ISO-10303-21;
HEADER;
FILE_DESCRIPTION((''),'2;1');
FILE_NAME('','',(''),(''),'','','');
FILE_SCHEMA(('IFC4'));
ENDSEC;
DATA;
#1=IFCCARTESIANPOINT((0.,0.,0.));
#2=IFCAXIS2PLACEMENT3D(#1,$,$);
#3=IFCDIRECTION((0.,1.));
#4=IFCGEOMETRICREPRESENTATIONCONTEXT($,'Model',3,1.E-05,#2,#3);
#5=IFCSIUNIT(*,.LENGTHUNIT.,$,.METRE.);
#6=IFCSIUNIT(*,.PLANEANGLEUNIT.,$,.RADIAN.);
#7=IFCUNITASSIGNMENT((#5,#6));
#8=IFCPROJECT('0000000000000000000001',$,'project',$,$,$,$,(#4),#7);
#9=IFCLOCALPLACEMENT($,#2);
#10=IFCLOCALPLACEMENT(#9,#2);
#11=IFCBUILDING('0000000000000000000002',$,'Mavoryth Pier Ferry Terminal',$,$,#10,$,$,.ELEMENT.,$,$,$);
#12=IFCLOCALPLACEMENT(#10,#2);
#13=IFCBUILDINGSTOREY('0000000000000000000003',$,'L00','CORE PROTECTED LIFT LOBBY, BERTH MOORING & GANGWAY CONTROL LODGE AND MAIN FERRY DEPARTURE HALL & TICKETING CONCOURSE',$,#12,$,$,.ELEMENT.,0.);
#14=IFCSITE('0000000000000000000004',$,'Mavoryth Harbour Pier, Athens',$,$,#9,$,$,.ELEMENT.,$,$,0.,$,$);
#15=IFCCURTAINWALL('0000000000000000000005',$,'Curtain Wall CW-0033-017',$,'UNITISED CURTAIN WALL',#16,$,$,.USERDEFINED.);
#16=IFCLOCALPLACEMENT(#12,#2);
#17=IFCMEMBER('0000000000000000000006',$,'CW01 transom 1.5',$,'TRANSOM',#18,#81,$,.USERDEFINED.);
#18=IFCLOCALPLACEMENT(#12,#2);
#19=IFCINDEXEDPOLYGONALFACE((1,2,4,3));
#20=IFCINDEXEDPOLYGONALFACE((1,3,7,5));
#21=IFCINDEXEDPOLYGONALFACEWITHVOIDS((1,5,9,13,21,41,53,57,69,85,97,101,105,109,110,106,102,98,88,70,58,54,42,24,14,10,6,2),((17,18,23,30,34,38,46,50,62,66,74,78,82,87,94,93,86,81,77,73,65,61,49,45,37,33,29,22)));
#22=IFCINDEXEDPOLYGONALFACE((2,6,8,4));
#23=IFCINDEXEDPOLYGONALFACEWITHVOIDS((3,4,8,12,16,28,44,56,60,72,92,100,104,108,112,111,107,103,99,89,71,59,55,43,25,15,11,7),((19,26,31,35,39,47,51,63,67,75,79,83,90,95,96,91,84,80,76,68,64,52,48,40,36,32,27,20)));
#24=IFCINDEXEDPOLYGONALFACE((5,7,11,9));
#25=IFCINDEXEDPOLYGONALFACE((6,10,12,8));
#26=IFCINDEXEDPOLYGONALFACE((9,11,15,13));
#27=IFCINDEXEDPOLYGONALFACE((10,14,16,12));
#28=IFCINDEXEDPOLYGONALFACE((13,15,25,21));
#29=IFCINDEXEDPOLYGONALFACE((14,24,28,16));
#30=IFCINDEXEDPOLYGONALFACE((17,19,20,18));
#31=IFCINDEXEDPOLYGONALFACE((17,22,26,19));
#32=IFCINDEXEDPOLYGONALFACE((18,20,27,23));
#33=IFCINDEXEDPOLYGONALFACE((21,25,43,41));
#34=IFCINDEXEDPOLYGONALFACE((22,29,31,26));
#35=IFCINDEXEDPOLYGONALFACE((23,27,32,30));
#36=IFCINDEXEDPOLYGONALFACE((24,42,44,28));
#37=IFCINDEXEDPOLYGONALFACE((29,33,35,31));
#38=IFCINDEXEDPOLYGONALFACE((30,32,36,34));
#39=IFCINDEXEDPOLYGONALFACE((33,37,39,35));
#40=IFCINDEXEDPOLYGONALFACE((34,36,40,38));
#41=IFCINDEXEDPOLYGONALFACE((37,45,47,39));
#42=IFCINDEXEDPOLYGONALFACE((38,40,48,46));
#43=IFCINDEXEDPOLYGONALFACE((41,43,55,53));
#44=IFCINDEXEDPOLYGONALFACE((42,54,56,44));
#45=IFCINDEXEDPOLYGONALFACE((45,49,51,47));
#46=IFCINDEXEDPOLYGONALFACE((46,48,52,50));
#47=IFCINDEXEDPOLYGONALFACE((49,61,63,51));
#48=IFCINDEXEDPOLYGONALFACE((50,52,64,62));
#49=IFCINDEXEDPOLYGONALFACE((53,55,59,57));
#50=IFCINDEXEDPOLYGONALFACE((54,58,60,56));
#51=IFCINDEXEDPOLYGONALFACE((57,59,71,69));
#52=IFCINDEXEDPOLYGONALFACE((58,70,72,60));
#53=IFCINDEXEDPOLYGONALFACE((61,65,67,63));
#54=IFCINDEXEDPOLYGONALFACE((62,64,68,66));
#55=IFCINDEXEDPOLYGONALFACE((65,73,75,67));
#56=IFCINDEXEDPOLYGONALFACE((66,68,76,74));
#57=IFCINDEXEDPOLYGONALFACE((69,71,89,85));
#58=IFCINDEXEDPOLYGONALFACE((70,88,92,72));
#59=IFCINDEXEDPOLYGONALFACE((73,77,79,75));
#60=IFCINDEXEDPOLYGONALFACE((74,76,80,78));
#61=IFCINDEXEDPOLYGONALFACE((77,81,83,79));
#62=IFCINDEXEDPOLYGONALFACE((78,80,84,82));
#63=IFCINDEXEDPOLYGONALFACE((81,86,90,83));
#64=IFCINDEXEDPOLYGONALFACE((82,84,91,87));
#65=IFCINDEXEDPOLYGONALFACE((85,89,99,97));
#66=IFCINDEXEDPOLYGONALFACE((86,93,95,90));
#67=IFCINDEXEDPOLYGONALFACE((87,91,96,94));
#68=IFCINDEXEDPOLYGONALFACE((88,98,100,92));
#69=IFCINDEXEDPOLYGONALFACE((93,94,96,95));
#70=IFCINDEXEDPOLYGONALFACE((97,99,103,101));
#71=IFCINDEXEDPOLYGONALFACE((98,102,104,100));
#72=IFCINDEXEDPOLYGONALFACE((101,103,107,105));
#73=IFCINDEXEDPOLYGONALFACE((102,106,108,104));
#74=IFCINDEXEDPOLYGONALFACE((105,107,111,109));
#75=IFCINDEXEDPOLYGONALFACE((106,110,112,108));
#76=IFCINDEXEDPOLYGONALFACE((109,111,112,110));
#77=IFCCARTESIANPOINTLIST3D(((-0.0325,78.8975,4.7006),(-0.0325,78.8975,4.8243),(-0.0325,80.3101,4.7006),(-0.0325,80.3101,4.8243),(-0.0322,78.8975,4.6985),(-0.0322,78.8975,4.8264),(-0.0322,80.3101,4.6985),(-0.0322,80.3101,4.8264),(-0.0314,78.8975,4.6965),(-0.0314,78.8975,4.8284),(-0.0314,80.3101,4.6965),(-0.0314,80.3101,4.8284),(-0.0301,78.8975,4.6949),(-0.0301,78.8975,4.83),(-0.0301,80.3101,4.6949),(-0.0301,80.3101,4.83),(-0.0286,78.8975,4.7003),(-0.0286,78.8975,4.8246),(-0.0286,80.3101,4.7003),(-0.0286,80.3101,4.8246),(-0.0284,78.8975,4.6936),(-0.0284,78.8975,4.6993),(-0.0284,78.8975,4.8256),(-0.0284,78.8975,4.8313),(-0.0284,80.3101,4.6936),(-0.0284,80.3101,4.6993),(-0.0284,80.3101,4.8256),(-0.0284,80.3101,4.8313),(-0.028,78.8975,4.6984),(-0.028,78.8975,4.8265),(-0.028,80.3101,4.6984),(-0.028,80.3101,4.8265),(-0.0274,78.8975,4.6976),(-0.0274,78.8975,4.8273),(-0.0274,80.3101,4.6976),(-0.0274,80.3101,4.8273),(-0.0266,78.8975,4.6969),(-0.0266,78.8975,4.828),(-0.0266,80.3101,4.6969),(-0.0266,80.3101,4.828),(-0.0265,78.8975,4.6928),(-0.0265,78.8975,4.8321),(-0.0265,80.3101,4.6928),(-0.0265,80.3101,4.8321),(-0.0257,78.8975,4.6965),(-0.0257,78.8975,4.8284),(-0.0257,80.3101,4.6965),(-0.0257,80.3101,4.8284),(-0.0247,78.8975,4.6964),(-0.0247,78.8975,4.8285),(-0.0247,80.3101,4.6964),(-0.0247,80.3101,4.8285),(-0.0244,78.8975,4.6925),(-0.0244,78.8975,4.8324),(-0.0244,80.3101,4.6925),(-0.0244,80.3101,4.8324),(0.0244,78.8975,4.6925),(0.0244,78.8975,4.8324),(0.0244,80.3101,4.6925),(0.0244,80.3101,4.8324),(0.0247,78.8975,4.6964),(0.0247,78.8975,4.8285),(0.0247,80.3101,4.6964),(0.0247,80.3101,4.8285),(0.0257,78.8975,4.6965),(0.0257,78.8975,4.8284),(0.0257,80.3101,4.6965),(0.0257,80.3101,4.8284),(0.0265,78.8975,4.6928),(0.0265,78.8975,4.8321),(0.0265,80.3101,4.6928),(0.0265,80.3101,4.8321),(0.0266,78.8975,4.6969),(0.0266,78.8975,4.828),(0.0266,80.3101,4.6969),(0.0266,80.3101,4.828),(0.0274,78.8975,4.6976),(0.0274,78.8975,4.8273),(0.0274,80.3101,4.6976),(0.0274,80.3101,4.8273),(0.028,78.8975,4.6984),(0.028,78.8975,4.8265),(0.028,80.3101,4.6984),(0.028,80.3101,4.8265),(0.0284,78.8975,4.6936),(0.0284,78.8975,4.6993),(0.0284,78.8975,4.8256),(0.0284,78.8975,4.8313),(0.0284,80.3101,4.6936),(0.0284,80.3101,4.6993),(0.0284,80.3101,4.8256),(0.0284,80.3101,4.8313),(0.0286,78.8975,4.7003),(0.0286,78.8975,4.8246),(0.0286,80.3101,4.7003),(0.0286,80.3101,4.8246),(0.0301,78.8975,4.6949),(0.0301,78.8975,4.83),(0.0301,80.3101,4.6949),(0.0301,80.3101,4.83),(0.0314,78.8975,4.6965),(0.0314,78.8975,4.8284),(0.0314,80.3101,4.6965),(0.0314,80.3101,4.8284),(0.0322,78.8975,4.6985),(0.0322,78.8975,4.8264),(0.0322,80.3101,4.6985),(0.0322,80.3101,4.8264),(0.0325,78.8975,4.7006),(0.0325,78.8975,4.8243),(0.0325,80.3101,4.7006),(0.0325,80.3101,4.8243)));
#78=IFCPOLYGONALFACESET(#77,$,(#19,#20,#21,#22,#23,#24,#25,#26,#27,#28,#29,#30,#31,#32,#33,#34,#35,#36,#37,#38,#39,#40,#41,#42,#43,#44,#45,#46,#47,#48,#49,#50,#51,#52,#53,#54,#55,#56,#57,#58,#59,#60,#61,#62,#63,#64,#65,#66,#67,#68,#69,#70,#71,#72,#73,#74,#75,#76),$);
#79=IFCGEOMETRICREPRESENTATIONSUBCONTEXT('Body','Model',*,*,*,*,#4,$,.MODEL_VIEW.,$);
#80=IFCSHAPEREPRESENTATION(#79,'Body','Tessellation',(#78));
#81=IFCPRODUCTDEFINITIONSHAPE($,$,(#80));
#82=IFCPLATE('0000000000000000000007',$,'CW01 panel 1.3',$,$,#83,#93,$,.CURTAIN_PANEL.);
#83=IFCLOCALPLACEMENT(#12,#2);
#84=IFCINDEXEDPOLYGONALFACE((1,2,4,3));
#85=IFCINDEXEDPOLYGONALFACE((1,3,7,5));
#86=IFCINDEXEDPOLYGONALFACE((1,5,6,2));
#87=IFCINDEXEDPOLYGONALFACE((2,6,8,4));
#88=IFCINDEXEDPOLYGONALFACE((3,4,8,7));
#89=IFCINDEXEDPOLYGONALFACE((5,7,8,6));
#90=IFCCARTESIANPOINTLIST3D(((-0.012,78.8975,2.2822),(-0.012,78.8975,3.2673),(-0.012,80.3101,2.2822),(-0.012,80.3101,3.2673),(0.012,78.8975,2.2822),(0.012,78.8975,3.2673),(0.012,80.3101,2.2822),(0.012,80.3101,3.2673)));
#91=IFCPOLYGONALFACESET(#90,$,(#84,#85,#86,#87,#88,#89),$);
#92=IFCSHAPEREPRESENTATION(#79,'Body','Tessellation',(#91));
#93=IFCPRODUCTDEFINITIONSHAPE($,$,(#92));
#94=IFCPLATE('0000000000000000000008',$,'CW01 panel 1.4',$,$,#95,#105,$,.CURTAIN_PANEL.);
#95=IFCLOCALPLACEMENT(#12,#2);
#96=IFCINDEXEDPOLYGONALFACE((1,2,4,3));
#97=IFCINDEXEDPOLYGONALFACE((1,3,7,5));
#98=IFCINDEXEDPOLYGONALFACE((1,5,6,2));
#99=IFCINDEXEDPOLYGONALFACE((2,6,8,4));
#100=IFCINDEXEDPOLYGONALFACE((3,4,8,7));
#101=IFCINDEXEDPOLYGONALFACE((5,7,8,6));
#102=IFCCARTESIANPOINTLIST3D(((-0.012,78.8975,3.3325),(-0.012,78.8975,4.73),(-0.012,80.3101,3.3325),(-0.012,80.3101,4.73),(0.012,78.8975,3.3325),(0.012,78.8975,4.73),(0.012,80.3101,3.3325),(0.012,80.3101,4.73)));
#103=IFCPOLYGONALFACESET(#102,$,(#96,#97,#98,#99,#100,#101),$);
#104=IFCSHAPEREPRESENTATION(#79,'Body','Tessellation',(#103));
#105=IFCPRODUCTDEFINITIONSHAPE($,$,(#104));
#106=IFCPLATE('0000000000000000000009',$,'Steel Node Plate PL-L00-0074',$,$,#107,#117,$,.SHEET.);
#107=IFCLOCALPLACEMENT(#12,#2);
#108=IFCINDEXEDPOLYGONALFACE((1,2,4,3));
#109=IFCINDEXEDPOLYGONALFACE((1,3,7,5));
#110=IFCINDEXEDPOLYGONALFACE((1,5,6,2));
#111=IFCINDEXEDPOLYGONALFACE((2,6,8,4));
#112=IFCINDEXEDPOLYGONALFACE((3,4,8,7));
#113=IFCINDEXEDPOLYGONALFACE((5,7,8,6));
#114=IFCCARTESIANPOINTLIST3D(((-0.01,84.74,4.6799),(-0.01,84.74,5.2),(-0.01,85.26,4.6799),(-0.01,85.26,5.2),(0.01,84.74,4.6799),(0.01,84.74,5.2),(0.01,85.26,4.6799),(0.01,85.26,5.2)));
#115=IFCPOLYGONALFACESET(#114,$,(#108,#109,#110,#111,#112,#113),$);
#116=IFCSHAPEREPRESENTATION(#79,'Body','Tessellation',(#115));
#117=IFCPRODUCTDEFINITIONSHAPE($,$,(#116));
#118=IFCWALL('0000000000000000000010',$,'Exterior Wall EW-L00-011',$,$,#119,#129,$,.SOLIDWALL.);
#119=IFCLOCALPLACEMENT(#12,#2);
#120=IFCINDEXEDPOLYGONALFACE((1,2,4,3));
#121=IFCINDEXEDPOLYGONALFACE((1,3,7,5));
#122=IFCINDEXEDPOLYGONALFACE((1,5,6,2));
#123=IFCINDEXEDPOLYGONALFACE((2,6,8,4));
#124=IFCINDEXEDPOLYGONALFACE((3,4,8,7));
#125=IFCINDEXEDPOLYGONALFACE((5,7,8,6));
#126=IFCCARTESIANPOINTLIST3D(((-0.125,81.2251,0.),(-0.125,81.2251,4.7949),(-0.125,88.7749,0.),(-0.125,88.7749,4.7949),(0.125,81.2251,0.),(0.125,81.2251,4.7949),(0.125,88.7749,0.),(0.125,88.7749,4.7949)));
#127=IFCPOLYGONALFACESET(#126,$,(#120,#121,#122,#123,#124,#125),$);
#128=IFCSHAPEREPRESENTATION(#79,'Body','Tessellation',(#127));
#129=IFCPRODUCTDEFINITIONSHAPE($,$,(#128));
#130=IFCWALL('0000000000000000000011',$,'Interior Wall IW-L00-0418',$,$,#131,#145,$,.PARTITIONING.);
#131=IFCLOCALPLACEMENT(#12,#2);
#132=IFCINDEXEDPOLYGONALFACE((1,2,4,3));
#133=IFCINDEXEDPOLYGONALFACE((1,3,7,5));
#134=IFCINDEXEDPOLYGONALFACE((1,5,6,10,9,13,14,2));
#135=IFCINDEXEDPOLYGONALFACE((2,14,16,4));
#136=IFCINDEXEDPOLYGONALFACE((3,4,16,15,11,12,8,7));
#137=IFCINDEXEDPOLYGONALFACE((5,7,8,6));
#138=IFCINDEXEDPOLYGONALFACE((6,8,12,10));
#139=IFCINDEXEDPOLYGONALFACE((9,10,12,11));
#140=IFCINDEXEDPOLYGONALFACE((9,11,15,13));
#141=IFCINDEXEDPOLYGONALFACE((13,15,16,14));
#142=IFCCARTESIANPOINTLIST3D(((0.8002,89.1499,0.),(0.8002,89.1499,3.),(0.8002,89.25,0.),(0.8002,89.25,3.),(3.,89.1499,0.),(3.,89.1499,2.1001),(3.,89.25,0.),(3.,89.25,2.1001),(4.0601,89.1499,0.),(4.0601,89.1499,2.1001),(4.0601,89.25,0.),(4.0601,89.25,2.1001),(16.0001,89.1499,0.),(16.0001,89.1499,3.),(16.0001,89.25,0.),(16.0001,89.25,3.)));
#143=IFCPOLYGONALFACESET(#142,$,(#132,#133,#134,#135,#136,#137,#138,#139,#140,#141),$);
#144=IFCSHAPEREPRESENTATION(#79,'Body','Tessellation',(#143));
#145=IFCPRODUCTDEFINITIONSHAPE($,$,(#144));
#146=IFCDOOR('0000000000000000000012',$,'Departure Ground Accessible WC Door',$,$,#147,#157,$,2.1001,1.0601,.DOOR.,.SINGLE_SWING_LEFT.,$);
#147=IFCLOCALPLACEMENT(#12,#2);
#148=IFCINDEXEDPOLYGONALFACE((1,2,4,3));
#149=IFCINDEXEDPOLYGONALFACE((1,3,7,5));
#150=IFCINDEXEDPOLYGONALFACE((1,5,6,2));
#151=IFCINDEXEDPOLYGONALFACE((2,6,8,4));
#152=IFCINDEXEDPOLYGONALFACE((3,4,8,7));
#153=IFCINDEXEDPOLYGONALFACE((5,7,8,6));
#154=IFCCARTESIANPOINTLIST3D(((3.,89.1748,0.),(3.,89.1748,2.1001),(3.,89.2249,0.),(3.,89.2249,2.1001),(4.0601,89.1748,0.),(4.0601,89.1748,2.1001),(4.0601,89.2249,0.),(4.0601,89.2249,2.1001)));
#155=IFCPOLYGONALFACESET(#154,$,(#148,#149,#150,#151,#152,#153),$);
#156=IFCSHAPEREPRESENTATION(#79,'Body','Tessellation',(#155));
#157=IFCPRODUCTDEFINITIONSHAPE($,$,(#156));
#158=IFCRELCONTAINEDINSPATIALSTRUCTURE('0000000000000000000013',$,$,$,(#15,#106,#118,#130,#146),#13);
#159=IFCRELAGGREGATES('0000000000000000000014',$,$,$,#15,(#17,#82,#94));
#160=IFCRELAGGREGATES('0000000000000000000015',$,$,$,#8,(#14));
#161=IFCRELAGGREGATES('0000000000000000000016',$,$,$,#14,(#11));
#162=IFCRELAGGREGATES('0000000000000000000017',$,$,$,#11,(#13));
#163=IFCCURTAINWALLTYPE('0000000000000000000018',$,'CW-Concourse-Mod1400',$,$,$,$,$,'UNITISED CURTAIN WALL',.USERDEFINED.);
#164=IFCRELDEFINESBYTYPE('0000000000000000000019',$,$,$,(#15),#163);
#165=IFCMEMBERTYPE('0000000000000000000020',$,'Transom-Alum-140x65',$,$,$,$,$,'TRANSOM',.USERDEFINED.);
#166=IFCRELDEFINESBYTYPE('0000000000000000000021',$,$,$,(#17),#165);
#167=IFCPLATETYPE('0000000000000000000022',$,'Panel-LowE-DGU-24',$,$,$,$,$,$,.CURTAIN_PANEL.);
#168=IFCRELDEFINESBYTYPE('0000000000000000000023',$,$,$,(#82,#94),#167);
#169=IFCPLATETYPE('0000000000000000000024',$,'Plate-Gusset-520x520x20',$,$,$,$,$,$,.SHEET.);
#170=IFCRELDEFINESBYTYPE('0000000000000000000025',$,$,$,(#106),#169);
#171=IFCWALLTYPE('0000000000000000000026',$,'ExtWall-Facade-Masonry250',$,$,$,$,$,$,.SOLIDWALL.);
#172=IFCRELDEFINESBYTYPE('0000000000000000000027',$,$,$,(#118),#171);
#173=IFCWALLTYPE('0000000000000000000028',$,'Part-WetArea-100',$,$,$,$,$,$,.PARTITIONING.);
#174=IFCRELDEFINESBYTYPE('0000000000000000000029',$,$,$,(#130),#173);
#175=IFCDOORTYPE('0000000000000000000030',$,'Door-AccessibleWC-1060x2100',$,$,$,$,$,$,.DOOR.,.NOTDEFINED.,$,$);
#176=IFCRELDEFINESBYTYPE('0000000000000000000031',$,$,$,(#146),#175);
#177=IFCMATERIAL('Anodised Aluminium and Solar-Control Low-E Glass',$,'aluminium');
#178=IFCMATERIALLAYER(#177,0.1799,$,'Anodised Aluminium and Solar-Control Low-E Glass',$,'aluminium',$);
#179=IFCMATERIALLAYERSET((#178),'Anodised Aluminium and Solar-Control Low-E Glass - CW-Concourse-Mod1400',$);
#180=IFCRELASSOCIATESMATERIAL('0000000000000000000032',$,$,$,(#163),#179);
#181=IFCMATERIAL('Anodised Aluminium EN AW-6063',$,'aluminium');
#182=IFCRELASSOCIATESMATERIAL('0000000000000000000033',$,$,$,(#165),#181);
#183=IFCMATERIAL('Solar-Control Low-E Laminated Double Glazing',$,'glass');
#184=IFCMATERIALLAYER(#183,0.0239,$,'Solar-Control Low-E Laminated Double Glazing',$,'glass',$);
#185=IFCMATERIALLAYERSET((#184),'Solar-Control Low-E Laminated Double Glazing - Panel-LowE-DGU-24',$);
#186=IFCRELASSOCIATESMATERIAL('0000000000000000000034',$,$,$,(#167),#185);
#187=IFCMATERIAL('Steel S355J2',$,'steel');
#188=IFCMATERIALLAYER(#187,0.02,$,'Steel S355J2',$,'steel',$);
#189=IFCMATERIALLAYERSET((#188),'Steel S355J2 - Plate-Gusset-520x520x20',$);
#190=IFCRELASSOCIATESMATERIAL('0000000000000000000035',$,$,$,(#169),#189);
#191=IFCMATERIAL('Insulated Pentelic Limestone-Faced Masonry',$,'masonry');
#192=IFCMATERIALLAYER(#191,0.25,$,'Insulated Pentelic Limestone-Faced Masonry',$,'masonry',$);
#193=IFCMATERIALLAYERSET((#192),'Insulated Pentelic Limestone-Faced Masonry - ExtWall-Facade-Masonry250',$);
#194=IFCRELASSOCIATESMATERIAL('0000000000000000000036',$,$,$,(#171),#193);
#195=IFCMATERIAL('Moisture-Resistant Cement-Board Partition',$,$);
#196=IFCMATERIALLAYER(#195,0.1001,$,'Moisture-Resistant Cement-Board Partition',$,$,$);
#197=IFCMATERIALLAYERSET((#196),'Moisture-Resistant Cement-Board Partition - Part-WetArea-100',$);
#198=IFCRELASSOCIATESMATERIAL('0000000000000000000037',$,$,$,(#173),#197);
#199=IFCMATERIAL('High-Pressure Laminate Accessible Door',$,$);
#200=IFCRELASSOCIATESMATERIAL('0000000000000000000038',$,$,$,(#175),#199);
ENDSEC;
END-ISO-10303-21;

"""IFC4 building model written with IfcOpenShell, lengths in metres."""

from ifc_helpers import new_model, si_unit, direction, frame, frame_2d, origin, origin_2d, place, context, subcontext, project, spatial, rectangle, hollow_rectangle, extrude, material, layer, layer_set, material_profile, profile_set, type_object, element, fill, aggregate, save


model = new_model("IFC4")

# Units and contexts
model_context = context("Model", 3, precision=1e-05, world=origin(), true_north=direction((0.0, 1.0)))
body_context = subcontext(model_context, "Body", "Model", "MODEL_VIEW")
ifc_project = project(units=[si_unit("LENGTHUNIT", "METRE"), si_unit("PLANEANGLEUNIT", "RADIAN")], contexts=[model_context])

# Site, building, storey
site_placement = place(None, origin())
site = spatial("IfcSite", under=ifc_project, at=site_placement, Name="Mavoryth Harbour Pier, Athens", CompositionType="ELEMENT", RefElevation=0.0)
building_placement = place(site_placement, origin())
building = spatial("IfcBuilding", under=site, at=building_placement, Name="Mavoryth Pier Ferry Terminal", CompositionType="ELEMENT")
storey_placement = place(building_placement, origin())
storey = spatial("IfcBuildingStorey", under=building, at=storey_placement, Name="L00", Description="CORE PROTECTED LIFT LOBBY, BERTH MOORING & GANGWAY CONTROL LODGE AND MAIN FERRY DEPARTURE HALL & TICKETING CONCOURSE", CompositionType="ELEMENT", Elevation=0.0)

# Shared definitions
ifc_material_1 = material(Name="Steel S355J2", Category="steel")

# Curtain wall, member, plates
ifc_material_2 = material(Name="Anodised Aluminium and Solar-Control Low-E Glass", Category="aluminium")
ifc_layer_1 = layer(ifc_material_2, 0.1799, Name="Anodised Aluminium and Solar-Control Low-E Glass", Category="aluminium")
ifc_layer_set_1 = layer_set([ifc_layer_1], Name="Anodised Aluminium and Solar-Control Low-E Glass - CW-Concourse-Mod1400")
curtain_wall_type = type_object("IfcCurtainWallType", Name="CW-Concourse-Mod1400", ElementType="UNITISED CURTAIN WALL", PredefinedType="USERDEFINED", material=ifc_layer_set_1)
curtain_wall_placement = place(storey_placement, origin())
curtain_wall = element("IfcCurtainWall", 1, at=curtain_wall_placement, inside=storey, type_object=curtain_wall_type, Name="Curtain Wall CW-0033-017", ObjectType="UNITISED CURTAIN WALL", PredefinedType="USERDEFINED")
ifc_material_3 = material(Name="Anodised Aluminium EN AW-6063", Category="aluminium")
ifc_material_profile_1 = material_profile(ifc_material_3, hollow_rectangle(XDim=0.0649, YDim=0.1399, WallThickness=0.0039, InnerFilletRadius=0.0039, OuterFilletRadius=0.0081, at=origin_2d()), Name="AL-TRAN 140x65x4", Category="aluminium")
ifc_profile_set_1 = profile_set([ifc_material_profile_1], Name="Anodised Aluminium EN AW-6063 - AL-TRAN 140x65x4")
member_type_1 = type_object("IfcMemberType", Name="Transom-Alum-140x65", ElementType="TRANSOM", PredefinedType="USERDEFINED", material=ifc_profile_set_1)
member_1_placement = place(storey_placement, frame((0.0, 80.3101, 4.7625), z_axis=(0.0, -1.0, 0.0), x_axis=(1.0, 0.0, 0.0)))
member_1 = element("IfcMember", 2, at=member_1_placement, type_object=member_type_1, Name="CW01 transom 1.5", ObjectType="TRANSOM", PredefinedType="USERDEFINED", context=body_context, shape_type="SweptSolid", body=[
    extrude(hollow_rectangle(XDim=0.0649, YDim=0.1399, WallThickness=0.0039, InnerFilletRadius=0.0039, OuterFilletRadius=0.0081, at=origin_2d()), origin(), (0.0, 0.0, 1.0), 1.4126),
])
ifc_material_4 = material(Name="Solar-Control Low-E Laminated Double Glazing", Category="glass")
ifc_layer_2 = layer(ifc_material_4, 0.0239, Name="Solar-Control Low-E Laminated Double Glazing", Category="glass")
ifc_layer_set_2 = layer_set([ifc_layer_2], Name="Solar-Control Low-E Laminated Double Glazing - Panel-LowE-DGU-24")
plate_type_1 = type_object("IfcPlateType", Name="Panel-LowE-DGU-24", PredefinedType="CURTAIN_PANEL", material=ifc_layer_set_2)
plate_1_placement = place(storey_placement, frame((0.0, 79.6038, 2.2822), z_axis=(0.0, 0.0, 1.0), x_axis=(0.0, -1.0, 0.0)))
plate_1 = element("IfcPlate", 3, at=plate_1_placement, type_object=plate_type_1, Name="CW01 panel 1.3", PredefinedType="CURTAIN_PANEL", context=body_context, shape_type="SweptSolid", body=[
    extrude(rectangle(XDim=1.4126, YDim=0.0239, at=origin_2d()), origin(), (0.0, 0.0, 1.0), 0.9851),
])
plate_2_placement = place(storey_placement, frame((0.0, 79.6038, 3.3325), z_axis=(0.0, 0.0, 1.0), x_axis=(0.0, -1.0, 0.0)))
plate_2 = element("IfcPlate", 4, at=plate_2_placement, type_object=plate_type_1, Name="CW01 panel 1.4", PredefinedType="CURTAIN_PANEL", context=body_context, shape_type="SweptSolid", body=[
    extrude(rectangle(XDim=1.4126, YDim=0.0239, at=origin_2d()), origin(), (0.0, 0.0, 1.0), 1.3975),
])
aggregate(curtain_wall, [member_1, plate_1, plate_2])

# Plate
ifc_layer_3 = layer(ifc_material_1, 0.02, Name="Steel S355J2", Category="steel")
ifc_layer_set_3 = layer_set([ifc_layer_3], Name="Steel S355J2 - Plate-Gusset-520x520x20")
plate_type_2 = type_object("IfcPlateType", Name="Plate-Gusset-520x520x20", PredefinedType="SHEET", material=ifc_layer_set_3)
plate_3_placement = place(storey_placement, frame((0.0, 85.0, 4.6799), z_axis=(0.0, 0.0, 1.0), x_axis=(0.0, 1.0, 0.0)))
element("IfcPlate", 5, at=plate_3_placement, inside=storey, type_object=plate_type_2, Name="Steel Node Plate PL-L00-0074", PredefinedType="SHEET", context=body_context, shape_type="SweptSolid", body=[
    extrude(rectangle(XDim=0.52, YDim=0.02, at=origin_2d()), origin(), (0.0, 0.0, 1.0), 0.52),
])

# Wall
ifc_material_5 = material(Name="Insulated Pentelic Limestone-Faced Masonry", Category="masonry")
ifc_layer_4 = layer(ifc_material_5, 0.25, Name="Insulated Pentelic Limestone-Faced Masonry", Category="masonry")
ifc_layer_set_4 = layer_set([ifc_layer_4], Name="Insulated Pentelic Limestone-Faced Masonry - ExtWall-Facade-Masonry250")
wall_type_1 = type_object("IfcWallType", Name="ExtWall-Facade-Masonry250", PredefinedType="SOLIDWALL", material=ifc_layer_set_4)
wall_1_placement = place(storey_placement, frame((0.0, 88.7749, 0.0), z_axis=(0.0, 0.0, 1.0), x_axis=(0.0, -1.0, 0.0)))
element("IfcWall", 6, at=wall_1_placement, inside=storey, type_object=wall_type_1, Name="Exterior Wall EW-L00-011", PredefinedType="SOLIDWALL", context=body_context, shape_type="SweptSolid", body=[
    extrude(rectangle(XDim=7.5498, YDim=0.25, at=frame_2d((3.7749, 0.0))), origin(), (0.0, 0.0, 1.0), 4.7949),
])

# Wall, opening, door
ifc_material_6 = material(Name="Moisture-Resistant Cement-Board Partition")
ifc_layer_5 = layer(ifc_material_6, 0.1001, Name="Moisture-Resistant Cement-Board Partition")
ifc_layer_set_5 = layer_set([ifc_layer_5], Name="Moisture-Resistant Cement-Board Partition - Part-WetArea-100")
wall_type_2 = type_object("IfcWallType", Name="Part-WetArea-100", PredefinedType="PARTITIONING", material=ifc_layer_set_5)
wall_2_placement = place(storey_placement, frame((0.8, 89.2, 0.0), z_axis=(0.0, 0.0, 1.0), x_axis=(1.0, 0.0, 0.0)))
wall_2 = element("IfcWall", 7, at=wall_2_placement, inside=storey, type_object=wall_type_2, Name="Interior Wall IW-L00-0418", PredefinedType="PARTITIONING", context=body_context, shape_type="SweptSolid", body=[
    extrude(rectangle(XDim=15.2, YDim=0.1001, at=frame_2d((7.6001, 0.0))), origin(), (0.0, 0.0, 1.0), 3.0),
])
opening_placement = place(wall_2_placement, frame((2.2, 0.0, 0.0)))
opening = element("IfcOpeningElement", 8, at=opening_placement, cuts=wall_2, PredefinedType="OPENING", context=body_context, shape_type="SweptSolid", body=[
    extrude(rectangle(XDim=1.0601, YDim=2.1001, at=frame_2d((0.53, 1.05))), frame((0.0, 0.0601, 0.0), z_axis=(0.0, -1.0, 0.0), x_axis=(1.0, 0.0, 0.0)), (0.0, 0.0, 1.0), 0.1201),
])
ifc_material_7 = material(Name="High-Pressure Laminate Accessible Door")
door_type = type_object("IfcDoorType", Name="Door-AccessibleWC-1060x2100", OperationType="NOTDEFINED", PredefinedType="DOOR", material=ifc_material_7)
door_placement = place(opening_placement, origin())
door = element("IfcDoor", 9, at=door_placement, inside=storey, type_object=door_type, Name="Departure Ground Accessible WC Door", OperationType="SINGLE_SWING_LEFT", OverallHeight=2.1001, OverallWidth=1.0601, PredefinedType="DOOR", context=body_context, shape_type="SweptSolid", body=[
    extrude(rectangle(XDim=1.0601, YDim=2.1001, at=frame_2d((0.53, 1.05))), frame((0.0, 0.0249, 0.0), z_axis=(0.0, -1.0, 0.0), x_axis=(1.0, 0.0, 0.0)), (0.0, 0.0, 1.0), 0.05),
])
fill(opening, door)

save(model, "model.ifc")
